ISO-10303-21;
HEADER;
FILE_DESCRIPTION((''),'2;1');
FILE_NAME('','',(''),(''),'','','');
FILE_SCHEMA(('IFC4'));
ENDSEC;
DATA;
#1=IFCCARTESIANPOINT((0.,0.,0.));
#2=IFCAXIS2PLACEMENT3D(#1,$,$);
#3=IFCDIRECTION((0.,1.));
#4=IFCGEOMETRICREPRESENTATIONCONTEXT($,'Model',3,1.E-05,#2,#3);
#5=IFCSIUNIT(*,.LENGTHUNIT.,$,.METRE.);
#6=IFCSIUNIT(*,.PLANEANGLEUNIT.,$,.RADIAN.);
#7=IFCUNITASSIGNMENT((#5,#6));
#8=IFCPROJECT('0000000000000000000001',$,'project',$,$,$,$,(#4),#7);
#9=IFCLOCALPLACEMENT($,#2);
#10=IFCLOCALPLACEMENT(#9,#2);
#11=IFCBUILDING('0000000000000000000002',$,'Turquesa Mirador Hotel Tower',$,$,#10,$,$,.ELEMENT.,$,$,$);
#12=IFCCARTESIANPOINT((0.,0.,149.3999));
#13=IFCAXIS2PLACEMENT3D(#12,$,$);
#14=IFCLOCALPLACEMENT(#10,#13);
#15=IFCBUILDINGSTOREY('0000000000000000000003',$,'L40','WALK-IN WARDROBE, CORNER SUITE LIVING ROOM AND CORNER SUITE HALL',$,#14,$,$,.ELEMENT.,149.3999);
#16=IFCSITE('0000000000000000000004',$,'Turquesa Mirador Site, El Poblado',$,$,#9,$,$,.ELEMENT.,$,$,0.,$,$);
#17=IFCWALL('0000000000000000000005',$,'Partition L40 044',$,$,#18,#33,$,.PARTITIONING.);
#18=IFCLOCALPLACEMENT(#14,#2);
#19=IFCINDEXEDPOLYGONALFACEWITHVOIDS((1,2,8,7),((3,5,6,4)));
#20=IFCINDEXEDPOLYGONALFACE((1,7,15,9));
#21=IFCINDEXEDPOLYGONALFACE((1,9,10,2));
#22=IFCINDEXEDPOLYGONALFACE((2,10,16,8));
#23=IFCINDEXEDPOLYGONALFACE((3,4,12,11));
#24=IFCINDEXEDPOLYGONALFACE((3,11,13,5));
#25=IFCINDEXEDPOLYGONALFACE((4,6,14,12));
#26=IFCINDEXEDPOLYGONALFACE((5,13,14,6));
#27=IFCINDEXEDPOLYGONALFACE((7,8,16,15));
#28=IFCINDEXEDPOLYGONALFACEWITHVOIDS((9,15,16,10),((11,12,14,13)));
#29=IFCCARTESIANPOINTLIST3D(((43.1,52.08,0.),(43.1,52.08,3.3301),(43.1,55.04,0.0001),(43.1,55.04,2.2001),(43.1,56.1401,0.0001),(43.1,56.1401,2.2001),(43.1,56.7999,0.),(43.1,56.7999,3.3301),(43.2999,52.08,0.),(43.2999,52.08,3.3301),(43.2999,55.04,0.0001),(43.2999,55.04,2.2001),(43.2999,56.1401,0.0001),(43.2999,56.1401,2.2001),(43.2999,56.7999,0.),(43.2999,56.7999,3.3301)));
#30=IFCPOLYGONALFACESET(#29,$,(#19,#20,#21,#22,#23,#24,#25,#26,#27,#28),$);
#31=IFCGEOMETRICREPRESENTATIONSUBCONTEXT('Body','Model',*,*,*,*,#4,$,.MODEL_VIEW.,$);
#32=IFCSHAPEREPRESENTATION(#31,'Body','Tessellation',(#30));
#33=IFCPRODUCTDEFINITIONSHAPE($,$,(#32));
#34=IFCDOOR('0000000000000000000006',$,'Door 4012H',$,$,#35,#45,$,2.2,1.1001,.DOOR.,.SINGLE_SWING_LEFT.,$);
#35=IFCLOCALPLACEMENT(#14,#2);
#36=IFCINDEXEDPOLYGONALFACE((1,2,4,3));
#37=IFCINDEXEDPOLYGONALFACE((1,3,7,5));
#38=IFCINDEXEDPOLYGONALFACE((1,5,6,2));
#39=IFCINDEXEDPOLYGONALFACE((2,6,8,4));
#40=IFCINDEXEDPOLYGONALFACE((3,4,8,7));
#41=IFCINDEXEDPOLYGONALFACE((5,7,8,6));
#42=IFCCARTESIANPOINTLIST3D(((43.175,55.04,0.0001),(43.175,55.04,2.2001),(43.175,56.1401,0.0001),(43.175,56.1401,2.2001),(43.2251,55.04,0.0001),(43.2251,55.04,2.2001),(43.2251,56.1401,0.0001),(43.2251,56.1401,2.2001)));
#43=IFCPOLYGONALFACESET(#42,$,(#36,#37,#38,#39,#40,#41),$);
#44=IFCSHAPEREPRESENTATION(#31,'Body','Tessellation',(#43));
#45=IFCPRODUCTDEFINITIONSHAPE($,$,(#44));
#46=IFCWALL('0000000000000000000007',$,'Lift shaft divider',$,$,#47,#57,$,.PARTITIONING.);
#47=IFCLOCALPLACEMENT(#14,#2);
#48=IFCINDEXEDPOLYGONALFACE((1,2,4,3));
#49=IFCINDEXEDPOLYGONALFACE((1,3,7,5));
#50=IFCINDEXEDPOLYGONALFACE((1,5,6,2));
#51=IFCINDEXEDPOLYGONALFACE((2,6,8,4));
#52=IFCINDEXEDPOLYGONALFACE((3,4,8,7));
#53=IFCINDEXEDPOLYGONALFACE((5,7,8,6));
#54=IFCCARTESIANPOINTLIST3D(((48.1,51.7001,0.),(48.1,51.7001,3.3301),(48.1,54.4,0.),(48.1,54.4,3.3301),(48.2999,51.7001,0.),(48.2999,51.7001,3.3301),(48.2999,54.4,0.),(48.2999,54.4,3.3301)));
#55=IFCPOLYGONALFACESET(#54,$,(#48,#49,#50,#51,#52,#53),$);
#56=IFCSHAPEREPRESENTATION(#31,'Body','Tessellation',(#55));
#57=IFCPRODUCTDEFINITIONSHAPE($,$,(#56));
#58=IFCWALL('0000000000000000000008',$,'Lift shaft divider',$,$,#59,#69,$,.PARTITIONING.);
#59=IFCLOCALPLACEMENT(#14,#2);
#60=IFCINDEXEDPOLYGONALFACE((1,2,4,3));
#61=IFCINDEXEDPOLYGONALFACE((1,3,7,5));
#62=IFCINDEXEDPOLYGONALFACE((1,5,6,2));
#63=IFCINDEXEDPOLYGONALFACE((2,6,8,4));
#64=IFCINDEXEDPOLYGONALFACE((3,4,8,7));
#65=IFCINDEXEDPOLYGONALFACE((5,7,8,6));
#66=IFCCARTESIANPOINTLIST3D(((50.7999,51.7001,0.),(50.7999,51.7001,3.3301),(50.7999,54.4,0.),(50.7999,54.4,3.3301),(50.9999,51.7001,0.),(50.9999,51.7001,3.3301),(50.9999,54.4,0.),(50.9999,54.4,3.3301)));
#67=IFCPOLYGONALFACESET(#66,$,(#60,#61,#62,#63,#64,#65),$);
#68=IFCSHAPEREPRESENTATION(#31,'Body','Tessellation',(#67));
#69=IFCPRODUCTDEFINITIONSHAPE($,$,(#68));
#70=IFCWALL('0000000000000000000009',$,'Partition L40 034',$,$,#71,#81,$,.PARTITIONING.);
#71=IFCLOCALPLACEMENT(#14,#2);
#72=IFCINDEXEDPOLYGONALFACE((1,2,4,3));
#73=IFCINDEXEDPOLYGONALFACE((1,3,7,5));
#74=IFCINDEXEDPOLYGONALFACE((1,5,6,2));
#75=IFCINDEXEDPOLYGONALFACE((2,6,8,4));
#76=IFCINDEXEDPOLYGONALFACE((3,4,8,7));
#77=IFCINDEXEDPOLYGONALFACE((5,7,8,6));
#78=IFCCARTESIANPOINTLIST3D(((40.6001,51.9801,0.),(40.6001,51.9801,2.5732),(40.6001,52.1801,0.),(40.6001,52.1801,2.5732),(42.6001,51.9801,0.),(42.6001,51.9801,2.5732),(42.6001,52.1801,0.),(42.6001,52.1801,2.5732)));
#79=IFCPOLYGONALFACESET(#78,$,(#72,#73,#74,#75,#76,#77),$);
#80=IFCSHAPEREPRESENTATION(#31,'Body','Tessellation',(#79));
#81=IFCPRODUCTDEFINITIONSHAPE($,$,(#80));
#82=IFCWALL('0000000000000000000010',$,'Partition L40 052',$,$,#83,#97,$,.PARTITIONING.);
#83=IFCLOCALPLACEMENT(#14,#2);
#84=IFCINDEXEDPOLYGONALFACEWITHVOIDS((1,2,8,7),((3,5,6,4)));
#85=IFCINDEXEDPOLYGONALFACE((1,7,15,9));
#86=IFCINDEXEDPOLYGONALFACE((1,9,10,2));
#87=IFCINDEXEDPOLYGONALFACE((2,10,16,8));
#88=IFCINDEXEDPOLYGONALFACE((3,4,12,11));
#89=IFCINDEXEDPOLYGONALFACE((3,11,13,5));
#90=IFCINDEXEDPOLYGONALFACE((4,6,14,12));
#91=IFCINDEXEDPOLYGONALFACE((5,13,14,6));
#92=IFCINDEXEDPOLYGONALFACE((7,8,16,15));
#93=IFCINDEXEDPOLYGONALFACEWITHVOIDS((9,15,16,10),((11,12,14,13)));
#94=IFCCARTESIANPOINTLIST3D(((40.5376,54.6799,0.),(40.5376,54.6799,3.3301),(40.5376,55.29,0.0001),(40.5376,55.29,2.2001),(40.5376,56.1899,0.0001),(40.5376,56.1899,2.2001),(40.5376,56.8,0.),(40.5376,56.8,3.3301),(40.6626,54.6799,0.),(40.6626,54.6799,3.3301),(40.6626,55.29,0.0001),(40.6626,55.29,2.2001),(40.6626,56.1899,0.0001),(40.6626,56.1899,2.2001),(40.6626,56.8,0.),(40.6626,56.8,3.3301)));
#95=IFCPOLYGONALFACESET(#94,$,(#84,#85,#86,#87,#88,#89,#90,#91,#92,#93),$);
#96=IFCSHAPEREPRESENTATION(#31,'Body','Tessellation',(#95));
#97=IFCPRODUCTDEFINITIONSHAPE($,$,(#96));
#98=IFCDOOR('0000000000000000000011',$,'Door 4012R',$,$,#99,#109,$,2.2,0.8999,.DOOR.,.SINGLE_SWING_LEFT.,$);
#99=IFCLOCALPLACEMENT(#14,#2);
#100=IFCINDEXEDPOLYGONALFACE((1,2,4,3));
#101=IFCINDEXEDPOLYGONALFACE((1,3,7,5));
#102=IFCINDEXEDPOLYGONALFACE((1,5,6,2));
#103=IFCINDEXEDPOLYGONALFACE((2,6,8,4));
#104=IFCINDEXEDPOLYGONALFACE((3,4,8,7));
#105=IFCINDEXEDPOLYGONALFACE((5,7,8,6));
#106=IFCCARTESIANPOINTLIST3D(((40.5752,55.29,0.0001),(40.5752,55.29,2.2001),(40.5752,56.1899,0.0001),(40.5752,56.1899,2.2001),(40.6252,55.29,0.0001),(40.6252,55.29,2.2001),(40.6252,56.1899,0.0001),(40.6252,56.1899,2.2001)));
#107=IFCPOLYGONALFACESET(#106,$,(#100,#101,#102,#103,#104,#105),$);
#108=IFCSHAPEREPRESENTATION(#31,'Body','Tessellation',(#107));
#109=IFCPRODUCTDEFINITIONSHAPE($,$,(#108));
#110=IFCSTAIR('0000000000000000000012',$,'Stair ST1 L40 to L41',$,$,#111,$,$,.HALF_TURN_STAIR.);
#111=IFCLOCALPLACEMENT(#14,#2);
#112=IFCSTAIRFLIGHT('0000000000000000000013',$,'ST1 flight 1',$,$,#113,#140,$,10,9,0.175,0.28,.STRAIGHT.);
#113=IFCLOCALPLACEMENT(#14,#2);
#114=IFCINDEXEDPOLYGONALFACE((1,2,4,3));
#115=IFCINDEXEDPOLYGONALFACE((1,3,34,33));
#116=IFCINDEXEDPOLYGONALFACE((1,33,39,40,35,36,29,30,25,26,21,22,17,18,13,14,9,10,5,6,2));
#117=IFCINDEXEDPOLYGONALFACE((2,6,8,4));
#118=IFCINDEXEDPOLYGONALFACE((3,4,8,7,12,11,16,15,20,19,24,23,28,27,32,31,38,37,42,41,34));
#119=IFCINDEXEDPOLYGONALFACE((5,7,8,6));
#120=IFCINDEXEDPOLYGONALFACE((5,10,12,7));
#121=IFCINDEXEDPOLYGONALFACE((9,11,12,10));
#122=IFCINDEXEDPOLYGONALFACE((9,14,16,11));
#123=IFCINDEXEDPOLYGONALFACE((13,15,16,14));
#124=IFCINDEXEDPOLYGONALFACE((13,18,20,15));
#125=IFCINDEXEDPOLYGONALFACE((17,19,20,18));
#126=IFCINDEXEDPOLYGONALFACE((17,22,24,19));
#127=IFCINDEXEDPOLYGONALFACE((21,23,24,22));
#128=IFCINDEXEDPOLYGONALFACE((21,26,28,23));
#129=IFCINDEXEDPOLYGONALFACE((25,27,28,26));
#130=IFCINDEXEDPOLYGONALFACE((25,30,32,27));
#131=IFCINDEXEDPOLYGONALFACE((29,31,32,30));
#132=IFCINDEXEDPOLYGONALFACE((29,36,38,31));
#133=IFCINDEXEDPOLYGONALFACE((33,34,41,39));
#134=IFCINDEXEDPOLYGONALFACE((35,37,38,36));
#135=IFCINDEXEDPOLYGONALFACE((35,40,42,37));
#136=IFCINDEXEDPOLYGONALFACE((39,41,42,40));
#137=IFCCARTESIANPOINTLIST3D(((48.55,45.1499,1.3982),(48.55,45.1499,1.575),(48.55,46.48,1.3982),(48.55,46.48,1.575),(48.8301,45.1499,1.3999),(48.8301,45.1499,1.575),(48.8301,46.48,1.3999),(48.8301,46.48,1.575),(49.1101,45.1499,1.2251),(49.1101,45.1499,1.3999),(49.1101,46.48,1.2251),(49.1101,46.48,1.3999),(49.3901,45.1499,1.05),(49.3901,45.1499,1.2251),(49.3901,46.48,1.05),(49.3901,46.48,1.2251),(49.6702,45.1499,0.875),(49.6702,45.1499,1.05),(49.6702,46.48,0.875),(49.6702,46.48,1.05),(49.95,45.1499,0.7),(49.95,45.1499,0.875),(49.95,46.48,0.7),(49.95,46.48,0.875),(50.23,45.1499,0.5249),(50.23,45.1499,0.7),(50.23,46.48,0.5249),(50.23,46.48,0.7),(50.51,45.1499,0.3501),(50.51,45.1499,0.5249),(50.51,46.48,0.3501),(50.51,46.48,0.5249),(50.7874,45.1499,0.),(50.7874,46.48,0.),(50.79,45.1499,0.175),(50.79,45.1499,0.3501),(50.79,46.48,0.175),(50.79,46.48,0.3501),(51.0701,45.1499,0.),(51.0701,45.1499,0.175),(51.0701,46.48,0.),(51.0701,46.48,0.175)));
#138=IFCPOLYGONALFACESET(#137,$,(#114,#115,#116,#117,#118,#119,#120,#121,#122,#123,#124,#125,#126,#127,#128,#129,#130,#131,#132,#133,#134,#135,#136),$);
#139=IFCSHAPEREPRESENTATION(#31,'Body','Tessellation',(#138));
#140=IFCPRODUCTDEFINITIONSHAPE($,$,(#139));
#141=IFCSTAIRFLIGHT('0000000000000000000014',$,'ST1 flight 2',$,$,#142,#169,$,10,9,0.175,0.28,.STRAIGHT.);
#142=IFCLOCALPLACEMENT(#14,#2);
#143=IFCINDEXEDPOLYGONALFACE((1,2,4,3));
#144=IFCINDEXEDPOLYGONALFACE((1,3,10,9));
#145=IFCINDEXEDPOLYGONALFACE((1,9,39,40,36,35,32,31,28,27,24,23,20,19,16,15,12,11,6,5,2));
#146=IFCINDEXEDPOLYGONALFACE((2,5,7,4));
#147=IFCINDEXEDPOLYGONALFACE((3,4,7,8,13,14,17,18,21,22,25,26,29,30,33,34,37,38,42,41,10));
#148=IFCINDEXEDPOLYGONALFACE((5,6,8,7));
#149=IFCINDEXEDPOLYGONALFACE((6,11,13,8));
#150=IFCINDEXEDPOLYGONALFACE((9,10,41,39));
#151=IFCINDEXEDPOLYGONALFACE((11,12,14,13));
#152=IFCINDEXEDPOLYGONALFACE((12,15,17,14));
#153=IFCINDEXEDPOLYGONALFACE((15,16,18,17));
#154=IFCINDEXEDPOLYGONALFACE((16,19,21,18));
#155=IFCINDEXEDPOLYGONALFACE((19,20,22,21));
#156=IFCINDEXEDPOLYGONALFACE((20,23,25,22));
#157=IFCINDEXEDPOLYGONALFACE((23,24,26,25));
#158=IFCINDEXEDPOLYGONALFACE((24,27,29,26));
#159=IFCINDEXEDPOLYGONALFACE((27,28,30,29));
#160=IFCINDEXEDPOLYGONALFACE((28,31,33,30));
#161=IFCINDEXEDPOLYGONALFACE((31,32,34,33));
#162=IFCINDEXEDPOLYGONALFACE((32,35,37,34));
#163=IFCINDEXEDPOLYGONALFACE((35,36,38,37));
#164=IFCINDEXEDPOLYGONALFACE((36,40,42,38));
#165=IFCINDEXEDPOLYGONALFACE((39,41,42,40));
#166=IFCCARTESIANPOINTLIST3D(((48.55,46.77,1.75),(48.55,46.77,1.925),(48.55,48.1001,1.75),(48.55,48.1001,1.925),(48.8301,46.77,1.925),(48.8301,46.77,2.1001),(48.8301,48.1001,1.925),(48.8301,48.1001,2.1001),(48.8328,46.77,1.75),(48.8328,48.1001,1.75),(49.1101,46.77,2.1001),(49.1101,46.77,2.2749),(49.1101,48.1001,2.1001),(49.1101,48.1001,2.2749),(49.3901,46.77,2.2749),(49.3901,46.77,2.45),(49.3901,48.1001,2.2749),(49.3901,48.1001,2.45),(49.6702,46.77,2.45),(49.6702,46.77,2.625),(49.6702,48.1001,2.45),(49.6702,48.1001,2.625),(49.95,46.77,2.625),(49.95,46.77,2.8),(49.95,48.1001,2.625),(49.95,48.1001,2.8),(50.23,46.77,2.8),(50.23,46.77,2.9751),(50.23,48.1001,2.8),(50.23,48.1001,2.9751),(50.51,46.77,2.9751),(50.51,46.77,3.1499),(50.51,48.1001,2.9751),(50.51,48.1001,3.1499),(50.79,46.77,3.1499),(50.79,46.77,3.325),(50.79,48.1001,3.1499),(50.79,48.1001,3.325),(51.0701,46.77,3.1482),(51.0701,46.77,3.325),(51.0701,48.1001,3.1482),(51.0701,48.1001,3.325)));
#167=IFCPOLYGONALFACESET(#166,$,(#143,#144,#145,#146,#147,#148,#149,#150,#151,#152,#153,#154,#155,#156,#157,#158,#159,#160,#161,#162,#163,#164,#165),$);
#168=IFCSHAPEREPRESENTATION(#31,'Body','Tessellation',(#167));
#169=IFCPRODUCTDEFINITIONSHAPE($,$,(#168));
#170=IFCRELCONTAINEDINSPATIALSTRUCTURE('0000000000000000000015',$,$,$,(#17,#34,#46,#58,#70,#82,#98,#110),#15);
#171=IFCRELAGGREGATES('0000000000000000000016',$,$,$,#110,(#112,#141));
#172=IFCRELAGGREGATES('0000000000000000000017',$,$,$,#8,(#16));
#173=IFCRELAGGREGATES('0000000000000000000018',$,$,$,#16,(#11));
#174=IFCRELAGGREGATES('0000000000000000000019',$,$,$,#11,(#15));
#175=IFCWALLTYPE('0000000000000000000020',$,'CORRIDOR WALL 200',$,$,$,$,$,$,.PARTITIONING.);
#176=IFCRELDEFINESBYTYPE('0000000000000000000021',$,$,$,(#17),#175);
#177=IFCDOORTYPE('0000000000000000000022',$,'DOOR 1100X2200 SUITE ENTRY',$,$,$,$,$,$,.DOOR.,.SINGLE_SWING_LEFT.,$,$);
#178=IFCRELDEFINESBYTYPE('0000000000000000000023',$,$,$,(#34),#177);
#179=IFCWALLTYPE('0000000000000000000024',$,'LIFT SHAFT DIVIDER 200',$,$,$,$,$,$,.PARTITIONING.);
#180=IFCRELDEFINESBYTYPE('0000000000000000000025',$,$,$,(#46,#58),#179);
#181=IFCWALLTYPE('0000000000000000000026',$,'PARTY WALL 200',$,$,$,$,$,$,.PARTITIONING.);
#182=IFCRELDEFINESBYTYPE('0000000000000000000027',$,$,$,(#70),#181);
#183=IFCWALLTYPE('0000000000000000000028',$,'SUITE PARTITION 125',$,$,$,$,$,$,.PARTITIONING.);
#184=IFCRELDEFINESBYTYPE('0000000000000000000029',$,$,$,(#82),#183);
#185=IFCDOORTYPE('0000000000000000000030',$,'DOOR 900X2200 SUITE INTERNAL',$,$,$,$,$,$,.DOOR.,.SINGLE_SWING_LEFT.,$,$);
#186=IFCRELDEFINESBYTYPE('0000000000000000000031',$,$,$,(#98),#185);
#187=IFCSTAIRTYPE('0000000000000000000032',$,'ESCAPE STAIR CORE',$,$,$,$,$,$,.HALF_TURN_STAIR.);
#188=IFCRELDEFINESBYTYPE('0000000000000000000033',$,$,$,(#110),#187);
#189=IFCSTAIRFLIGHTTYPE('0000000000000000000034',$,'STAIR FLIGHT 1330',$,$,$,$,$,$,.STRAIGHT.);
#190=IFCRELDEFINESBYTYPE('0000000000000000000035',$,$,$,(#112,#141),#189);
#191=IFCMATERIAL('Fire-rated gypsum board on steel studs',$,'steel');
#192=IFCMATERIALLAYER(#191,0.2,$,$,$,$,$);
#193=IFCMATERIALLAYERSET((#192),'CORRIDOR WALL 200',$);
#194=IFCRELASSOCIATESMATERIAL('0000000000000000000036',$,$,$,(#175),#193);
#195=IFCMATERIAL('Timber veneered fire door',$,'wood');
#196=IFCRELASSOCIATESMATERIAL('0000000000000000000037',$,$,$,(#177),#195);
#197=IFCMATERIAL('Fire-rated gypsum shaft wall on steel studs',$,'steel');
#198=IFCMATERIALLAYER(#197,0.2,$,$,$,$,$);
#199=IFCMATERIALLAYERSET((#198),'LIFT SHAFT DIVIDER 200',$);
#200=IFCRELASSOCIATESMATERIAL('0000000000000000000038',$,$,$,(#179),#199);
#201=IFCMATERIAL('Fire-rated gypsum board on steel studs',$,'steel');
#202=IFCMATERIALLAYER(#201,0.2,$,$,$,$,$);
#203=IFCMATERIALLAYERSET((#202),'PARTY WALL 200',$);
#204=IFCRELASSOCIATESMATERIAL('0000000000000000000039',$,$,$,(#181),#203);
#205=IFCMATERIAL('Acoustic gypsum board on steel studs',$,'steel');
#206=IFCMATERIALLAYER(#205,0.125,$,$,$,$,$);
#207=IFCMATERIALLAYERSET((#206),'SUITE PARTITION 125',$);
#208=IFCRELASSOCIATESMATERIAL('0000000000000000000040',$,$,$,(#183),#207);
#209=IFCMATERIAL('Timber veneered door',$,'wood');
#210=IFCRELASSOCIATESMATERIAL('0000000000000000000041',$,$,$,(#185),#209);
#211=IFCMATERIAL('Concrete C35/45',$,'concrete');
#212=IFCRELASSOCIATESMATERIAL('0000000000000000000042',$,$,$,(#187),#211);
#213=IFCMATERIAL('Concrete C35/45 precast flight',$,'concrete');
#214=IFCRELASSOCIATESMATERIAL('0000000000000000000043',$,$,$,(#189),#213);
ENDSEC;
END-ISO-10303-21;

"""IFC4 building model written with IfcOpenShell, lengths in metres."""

from ifc_helpers import new_model, si_unit, direction, frame, frame_2d, origin, place, context, subcontext, project, spatial, polyline, rectangle, outline, extrude, material, layer, layer_set, type_object, element, fill, aggregate, save


model = new_model("IFC4")

# Units and contexts
model_context = context("Model", 3, precision=1e-05, world=origin(), true_north=direction((0.0, 1.0)))
body_context = subcontext(model_context, "Body", "Model", "MODEL_VIEW")
ifc_project = project(units=[si_unit("LENGTHUNIT", "METRE"), si_unit("PLANEANGLEUNIT", "RADIAN")], contexts=[model_context])

# Site, building, storey
site_placement = place(None, origin())
site = spatial("IfcSite", under=ifc_project, at=site_placement, Name="Turquesa Mirador Site, El Poblado", CompositionType="ELEMENT", RefElevation=0.0)
building_placement = place(site_placement, origin())
building = spatial("IfcBuilding", under=site, at=building_placement, Name="Turquesa Mirador Hotel Tower", CompositionType="ELEMENT")
storey_placement = place(building_placement, frame((0.0, 0.0, 149.3999)))
storey = spatial("IfcBuildingStorey", under=building, at=storey_placement, Name="L40", Description="WALK-IN WARDROBE, CORNER SUITE LIVING ROOM AND CORNER SUITE HALL", CompositionType="ELEMENT", Elevation=149.3999)

# Shared definitions
ifc_material_1 = material(Name="Fire-rated gypsum board on steel studs", Category="steel")
ifc_layer_1 = layer(ifc_material_1, 0.2)
ifc_layer_set_1 = layer_set([ifc_layer_1], Name="CORRIDOR WALL 200")
wall_type_1 = type_object("IfcWallType", Name="CORRIDOR WALL 200", PredefinedType="PARTITIONING", material=ifc_layer_set_1)

# Wall, opening, door
wall_1_placement = place(storey_placement, frame((43.2, 52.0801, 0.0), z_axis=(0.0, 0.0, 1.0), x_axis=(0.0, 1.0, 0.0)))
wall_1 = element("IfcWall", 1, at=wall_1_placement, inside=storey, type_object=wall_type_1, Name="Partition L40 044", PredefinedType="PARTITIONING", context=body_context, shape_type="SweptSolid", body=[
    extrude(rectangle(XDim=4.72, YDim=0.2, at=frame_2d((2.3599, 0.0))), origin(), (0.0, 0.0, 1.0), 3.3301),
])
opening_1_placement = place(wall_1_placement, frame((2.96, 0.0, 0.0)))
opening_1 = element("IfcOpeningElement", 2, at=opening_1_placement, cuts=wall_1, PredefinedType="OPENING", context=body_context, shape_type="SweptSolid", body=[
    extrude(rectangle(XDim=1.1001, YDim=2.2, at=frame_2d((0.55, 1.1001))), frame((0.0, 0.1099, 0.0), z_axis=(0.0, -1.0, 0.0), x_axis=(1.0, 0.0, 0.0)), (0.0, 0.0, 1.0), 0.22),
])
ifc_material_2 = material(Name="Timber veneered fire door", Category="wood")
door_type_1 = type_object("IfcDoorType", Name="DOOR 1100X2200 SUITE ENTRY", OperationType="SINGLE_SWING_LEFT", PredefinedType="DOOR", material=ifc_material_2)
door_1_placement = place(opening_1_placement, origin())
door_1 = element("IfcDoor", 3, at=door_1_placement, inside=storey, type_object=door_type_1, Name="Door 4012H", OperationType="SINGLE_SWING_LEFT", OverallHeight=2.2, OverallWidth=1.1001, PredefinedType="DOOR", context=body_context, shape_type="SweptSolid", body=[
    extrude(rectangle(XDim=1.1001, YDim=2.2, at=frame_2d((0.55, 1.1001))), frame((0.0, 0.0249, 0.0), z_axis=(0.0, -1.0, 0.0), x_axis=(1.0, 0.0, 0.0)), (0.0, 0.0, 1.0), 0.05),
])
fill(opening_1, door_1)

# Walls
ifc_material_3 = material(Name="Fire-rated gypsum shaft wall on steel studs", Category="steel")
ifc_layer_2 = layer(ifc_material_3, 0.2)
ifc_layer_set_2 = layer_set([ifc_layer_2], Name="LIFT SHAFT DIVIDER 200")
wall_type_2 = type_object("IfcWallType", Name="LIFT SHAFT DIVIDER 200", PredefinedType="PARTITIONING", material=ifc_layer_set_2)
for number, where, z_axis, x_axis, name in (
    (4, (48.2, 51.7, 0.0), (0.0, 0.0, 1.0), (0.0, 1.0, 0.0), "Lift shaft divider"),
    (5, (50.8999, 51.7, 0.0), (0.0, 0.0, 1.0), (0.0, 1.0, 0.0), "Lift shaft divider"),
):
    element("IfcWall", number, at=place(storey_placement, frame(where, z_axis=z_axis, x_axis=x_axis)), inside=storey, type_object=wall_type_2, Name=name, PredefinedType="PARTITIONING", context=body_context, shape_type="SweptSolid", body=[
        extrude(rectangle(XDim=2.7, YDim=0.2, at=frame_2d((1.3501, 0.0))), origin(), (0.0, 0.0, 1.0), 3.3301),
    ])
ifc_material_4 = material(Name="Fire-rated gypsum board on steel studs", Category="steel")
ifc_layer_3 = layer(ifc_material_4, 0.2)
ifc_layer_set_3 = layer_set([ifc_layer_3], Name="PARTY WALL 200")
wall_type_3 = type_object("IfcWallType", Name="PARTY WALL 200", PredefinedType="PARTITIONING", material=ifc_layer_set_3)
wall_2_placement = place(storey_placement, frame((40.6001, 52.0801, 0.0), z_axis=(0.0, 0.0, 1.0), x_axis=(1.0, 0.0, 0.0)))
element("IfcWall", 6, at=wall_2_placement, inside=storey, type_object=wall_type_3, Name="Partition L40 034", PredefinedType="PARTITIONING", context=body_context, shape_type="SweptSolid", body=[
    extrude(rectangle(XDim=2.0, YDim=0.2, at=frame_2d((1.0, 0.0))), origin(), (0.0, 0.0, 1.0), 2.5732),
])

# Wall, opening, door
ifc_material_5 = material(Name="Acoustic gypsum board on steel studs", Category="steel")
ifc_layer_4 = layer(ifc_material_5, 0.125)
ifc_layer_set_4 = layer_set([ifc_layer_4], Name="SUITE PARTITION 125")
wall_type_4 = type_object("IfcWallType", Name="SUITE PARTITION 125", PredefinedType="PARTITIONING", material=ifc_layer_set_4)
wall_3_placement = place(storey_placement, frame((40.6001, 54.6799, 0.0), z_axis=(0.0, 0.0, 1.0), x_axis=(0.0, 1.0, 0.0)))
wall_3 = element("IfcWall", 7, at=wall_3_placement, inside=storey, type_object=wall_type_4, Name="Partition L40 052", PredefinedType="PARTITIONING", context=body_context, shape_type="SweptSolid", body=[
    extrude(rectangle(XDim=2.1201, YDim=0.125, at=frame_2d((1.0601, 0.0))), origin(), (0.0, 0.0, 1.0), 3.3301),
])
opening_2_placement = place(wall_3_placement, frame((0.6101, 0.0, 0.0)))
opening_2 = element("IfcOpeningElement", 8, at=opening_2_placement, cuts=wall_3, PredefinedType="OPENING", context=body_context, shape_type="SweptSolid", body=[
    extrude(rectangle(XDim=0.8999, YDim=2.2, at=frame_2d((0.45, 1.1001))), frame((0.0, 0.0725, 0.0), z_axis=(0.0, -1.0, 0.0), x_axis=(1.0, 0.0, 0.0)), (0.0, 0.0, 1.0), 0.145),
])
ifc_material_6 = material(Name="Timber veneered door", Category="wood")
door_type_2 = type_object("IfcDoorType", Name="DOOR 900X2200 SUITE INTERNAL", OperationType="SINGLE_SWING_LEFT", PredefinedType="DOOR", material=ifc_material_6)
door_2_placement = place(opening_2_placement, origin())
door_2 = element("IfcDoor", 9, at=door_2_placement, inside=storey, type_object=door_type_2, Name="Door 4012R", OperationType="SINGLE_SWING_LEFT", OverallHeight=2.2, OverallWidth=0.8999, PredefinedType="DOOR", context=body_context, shape_type="SweptSolid", body=[
    extrude(rectangle(XDim=0.8999, YDim=2.2, at=frame_2d((0.45, 1.1001))), frame((0.0, 0.0249, 0.0), z_axis=(0.0, -1.0, 0.0), x_axis=(1.0, 0.0, 0.0)), (0.0, 0.0, 1.0), 0.05),
])
fill(opening_2, door_2)

# Stair, stair flights
ifc_material_7 = material(Name="Concrete C35/45", Category="concrete")
stair_type = type_object("IfcStairType", Name="ESCAPE STAIR CORE", PredefinedType="HALF_TURN_STAIR", material=ifc_material_7)
stair_1_placement = place(storey_placement, origin())
stair_1 = element("IfcStair", 10, at=stair_1_placement, inside=storey, type_object=stair_type, Name="Stair ST1 L40 to L41", PredefinedType="HALF_TURN_STAIR")
ifc_material_8 = material(Name="Concrete C35/45 precast flight", Category="concrete")
stair_flight_type = type_object("IfcStairFlightType", Name="STAIR FLIGHT 1330", PredefinedType="STRAIGHT", material=ifc_material_8)
stair_flight_1_placement = place(storey_placement, frame((51.0701, 45.8149, 0.0), z_axis=(0.0, 0.0, 1.0), x_axis=(-1.0, 0.0, 0.0)))
stair_flight_1 = element("IfcStairFlight", 11, at=stair_flight_1_placement, type_object=stair_flight_type, Name="ST1 flight 1", NumberOfRisers=10, NumberOfTreads=9, PredefinedType="STRAIGHT", RiserHeight=0.175, TreadLength=0.28, context=body_context, shape_type="SweptSolid", body=[
    extrude(outline(polyline([(0.0, 0.0), (0.0, 0.175), (0.28, 0.175), (0.28, 0.3501), (0.5601, 0.3501), (0.5601, 0.5249), (0.8401, 0.5249), (0.8401, 0.7), (1.1201, 0.7), (1.1201, 0.875), (1.3999, 0.875), (1.3999, 1.05), (1.6799, 1.05), (1.6799, 1.2251), (1.96, 1.2251), (1.96, 1.3999), (2.24, 1.3999), (2.24, 1.575), (2.52, 1.575), (2.52, 1.75), (2.52, 1.3982), (0.2827, 0.0), (0.0, 0.0)])), frame((0.0, 0.665, 0.0), z_axis=(0.0, -1.0, 0.0), x_axis=(1.0, 0.0, 0.0)), (0.0, 0.0, 1.0), 1.3301),
])
stair_flight_2_placement = place(storey_placement, frame((48.55, 47.4351, 1.75), z_axis=(0.0, 0.0, 1.0), x_axis=(1.0, 0.0, 0.0)))
stair_flight_2 = element("IfcStairFlight", 12, at=stair_flight_2_placement, type_object=stair_flight_type, Name="ST1 flight 2", NumberOfRisers=10, NumberOfTreads=9, PredefinedType="STRAIGHT", RiserHeight=0.175, TreadLength=0.28, context=body_context, shape_type="SweptSolid", body=[
    extrude(outline(polyline([(0.0, 0.0), (0.0, 0.175), (0.28, 0.175), (0.28, 0.3501), (0.5601, 0.3501), (0.5601, 0.5249), (0.8401, 0.5249), (0.8401, 0.7), (1.1201, 0.7), (1.1201, 0.875), (1.3999, 0.875), (1.3999, 1.05), (1.6799, 1.05), (1.6799, 1.2251), (1.96, 1.2251), (1.96, 1.3999), (2.24, 1.3999), (2.24, 1.575), (2.52, 1.575), (2.52, 1.75), (2.52, 1.3982), (0.2827, 0.0), (0.0, 0.0)])), frame((0.0, 0.665, 0.0), z_axis=(0.0, -1.0, 0.0), x_axis=(1.0, 0.0, 0.0)), (0.0, 0.0, 1.0), 1.3301),
])
aggregate(stair_1, [stair_flight_1, stair_flight_2])

save(model, "model.ifc")
